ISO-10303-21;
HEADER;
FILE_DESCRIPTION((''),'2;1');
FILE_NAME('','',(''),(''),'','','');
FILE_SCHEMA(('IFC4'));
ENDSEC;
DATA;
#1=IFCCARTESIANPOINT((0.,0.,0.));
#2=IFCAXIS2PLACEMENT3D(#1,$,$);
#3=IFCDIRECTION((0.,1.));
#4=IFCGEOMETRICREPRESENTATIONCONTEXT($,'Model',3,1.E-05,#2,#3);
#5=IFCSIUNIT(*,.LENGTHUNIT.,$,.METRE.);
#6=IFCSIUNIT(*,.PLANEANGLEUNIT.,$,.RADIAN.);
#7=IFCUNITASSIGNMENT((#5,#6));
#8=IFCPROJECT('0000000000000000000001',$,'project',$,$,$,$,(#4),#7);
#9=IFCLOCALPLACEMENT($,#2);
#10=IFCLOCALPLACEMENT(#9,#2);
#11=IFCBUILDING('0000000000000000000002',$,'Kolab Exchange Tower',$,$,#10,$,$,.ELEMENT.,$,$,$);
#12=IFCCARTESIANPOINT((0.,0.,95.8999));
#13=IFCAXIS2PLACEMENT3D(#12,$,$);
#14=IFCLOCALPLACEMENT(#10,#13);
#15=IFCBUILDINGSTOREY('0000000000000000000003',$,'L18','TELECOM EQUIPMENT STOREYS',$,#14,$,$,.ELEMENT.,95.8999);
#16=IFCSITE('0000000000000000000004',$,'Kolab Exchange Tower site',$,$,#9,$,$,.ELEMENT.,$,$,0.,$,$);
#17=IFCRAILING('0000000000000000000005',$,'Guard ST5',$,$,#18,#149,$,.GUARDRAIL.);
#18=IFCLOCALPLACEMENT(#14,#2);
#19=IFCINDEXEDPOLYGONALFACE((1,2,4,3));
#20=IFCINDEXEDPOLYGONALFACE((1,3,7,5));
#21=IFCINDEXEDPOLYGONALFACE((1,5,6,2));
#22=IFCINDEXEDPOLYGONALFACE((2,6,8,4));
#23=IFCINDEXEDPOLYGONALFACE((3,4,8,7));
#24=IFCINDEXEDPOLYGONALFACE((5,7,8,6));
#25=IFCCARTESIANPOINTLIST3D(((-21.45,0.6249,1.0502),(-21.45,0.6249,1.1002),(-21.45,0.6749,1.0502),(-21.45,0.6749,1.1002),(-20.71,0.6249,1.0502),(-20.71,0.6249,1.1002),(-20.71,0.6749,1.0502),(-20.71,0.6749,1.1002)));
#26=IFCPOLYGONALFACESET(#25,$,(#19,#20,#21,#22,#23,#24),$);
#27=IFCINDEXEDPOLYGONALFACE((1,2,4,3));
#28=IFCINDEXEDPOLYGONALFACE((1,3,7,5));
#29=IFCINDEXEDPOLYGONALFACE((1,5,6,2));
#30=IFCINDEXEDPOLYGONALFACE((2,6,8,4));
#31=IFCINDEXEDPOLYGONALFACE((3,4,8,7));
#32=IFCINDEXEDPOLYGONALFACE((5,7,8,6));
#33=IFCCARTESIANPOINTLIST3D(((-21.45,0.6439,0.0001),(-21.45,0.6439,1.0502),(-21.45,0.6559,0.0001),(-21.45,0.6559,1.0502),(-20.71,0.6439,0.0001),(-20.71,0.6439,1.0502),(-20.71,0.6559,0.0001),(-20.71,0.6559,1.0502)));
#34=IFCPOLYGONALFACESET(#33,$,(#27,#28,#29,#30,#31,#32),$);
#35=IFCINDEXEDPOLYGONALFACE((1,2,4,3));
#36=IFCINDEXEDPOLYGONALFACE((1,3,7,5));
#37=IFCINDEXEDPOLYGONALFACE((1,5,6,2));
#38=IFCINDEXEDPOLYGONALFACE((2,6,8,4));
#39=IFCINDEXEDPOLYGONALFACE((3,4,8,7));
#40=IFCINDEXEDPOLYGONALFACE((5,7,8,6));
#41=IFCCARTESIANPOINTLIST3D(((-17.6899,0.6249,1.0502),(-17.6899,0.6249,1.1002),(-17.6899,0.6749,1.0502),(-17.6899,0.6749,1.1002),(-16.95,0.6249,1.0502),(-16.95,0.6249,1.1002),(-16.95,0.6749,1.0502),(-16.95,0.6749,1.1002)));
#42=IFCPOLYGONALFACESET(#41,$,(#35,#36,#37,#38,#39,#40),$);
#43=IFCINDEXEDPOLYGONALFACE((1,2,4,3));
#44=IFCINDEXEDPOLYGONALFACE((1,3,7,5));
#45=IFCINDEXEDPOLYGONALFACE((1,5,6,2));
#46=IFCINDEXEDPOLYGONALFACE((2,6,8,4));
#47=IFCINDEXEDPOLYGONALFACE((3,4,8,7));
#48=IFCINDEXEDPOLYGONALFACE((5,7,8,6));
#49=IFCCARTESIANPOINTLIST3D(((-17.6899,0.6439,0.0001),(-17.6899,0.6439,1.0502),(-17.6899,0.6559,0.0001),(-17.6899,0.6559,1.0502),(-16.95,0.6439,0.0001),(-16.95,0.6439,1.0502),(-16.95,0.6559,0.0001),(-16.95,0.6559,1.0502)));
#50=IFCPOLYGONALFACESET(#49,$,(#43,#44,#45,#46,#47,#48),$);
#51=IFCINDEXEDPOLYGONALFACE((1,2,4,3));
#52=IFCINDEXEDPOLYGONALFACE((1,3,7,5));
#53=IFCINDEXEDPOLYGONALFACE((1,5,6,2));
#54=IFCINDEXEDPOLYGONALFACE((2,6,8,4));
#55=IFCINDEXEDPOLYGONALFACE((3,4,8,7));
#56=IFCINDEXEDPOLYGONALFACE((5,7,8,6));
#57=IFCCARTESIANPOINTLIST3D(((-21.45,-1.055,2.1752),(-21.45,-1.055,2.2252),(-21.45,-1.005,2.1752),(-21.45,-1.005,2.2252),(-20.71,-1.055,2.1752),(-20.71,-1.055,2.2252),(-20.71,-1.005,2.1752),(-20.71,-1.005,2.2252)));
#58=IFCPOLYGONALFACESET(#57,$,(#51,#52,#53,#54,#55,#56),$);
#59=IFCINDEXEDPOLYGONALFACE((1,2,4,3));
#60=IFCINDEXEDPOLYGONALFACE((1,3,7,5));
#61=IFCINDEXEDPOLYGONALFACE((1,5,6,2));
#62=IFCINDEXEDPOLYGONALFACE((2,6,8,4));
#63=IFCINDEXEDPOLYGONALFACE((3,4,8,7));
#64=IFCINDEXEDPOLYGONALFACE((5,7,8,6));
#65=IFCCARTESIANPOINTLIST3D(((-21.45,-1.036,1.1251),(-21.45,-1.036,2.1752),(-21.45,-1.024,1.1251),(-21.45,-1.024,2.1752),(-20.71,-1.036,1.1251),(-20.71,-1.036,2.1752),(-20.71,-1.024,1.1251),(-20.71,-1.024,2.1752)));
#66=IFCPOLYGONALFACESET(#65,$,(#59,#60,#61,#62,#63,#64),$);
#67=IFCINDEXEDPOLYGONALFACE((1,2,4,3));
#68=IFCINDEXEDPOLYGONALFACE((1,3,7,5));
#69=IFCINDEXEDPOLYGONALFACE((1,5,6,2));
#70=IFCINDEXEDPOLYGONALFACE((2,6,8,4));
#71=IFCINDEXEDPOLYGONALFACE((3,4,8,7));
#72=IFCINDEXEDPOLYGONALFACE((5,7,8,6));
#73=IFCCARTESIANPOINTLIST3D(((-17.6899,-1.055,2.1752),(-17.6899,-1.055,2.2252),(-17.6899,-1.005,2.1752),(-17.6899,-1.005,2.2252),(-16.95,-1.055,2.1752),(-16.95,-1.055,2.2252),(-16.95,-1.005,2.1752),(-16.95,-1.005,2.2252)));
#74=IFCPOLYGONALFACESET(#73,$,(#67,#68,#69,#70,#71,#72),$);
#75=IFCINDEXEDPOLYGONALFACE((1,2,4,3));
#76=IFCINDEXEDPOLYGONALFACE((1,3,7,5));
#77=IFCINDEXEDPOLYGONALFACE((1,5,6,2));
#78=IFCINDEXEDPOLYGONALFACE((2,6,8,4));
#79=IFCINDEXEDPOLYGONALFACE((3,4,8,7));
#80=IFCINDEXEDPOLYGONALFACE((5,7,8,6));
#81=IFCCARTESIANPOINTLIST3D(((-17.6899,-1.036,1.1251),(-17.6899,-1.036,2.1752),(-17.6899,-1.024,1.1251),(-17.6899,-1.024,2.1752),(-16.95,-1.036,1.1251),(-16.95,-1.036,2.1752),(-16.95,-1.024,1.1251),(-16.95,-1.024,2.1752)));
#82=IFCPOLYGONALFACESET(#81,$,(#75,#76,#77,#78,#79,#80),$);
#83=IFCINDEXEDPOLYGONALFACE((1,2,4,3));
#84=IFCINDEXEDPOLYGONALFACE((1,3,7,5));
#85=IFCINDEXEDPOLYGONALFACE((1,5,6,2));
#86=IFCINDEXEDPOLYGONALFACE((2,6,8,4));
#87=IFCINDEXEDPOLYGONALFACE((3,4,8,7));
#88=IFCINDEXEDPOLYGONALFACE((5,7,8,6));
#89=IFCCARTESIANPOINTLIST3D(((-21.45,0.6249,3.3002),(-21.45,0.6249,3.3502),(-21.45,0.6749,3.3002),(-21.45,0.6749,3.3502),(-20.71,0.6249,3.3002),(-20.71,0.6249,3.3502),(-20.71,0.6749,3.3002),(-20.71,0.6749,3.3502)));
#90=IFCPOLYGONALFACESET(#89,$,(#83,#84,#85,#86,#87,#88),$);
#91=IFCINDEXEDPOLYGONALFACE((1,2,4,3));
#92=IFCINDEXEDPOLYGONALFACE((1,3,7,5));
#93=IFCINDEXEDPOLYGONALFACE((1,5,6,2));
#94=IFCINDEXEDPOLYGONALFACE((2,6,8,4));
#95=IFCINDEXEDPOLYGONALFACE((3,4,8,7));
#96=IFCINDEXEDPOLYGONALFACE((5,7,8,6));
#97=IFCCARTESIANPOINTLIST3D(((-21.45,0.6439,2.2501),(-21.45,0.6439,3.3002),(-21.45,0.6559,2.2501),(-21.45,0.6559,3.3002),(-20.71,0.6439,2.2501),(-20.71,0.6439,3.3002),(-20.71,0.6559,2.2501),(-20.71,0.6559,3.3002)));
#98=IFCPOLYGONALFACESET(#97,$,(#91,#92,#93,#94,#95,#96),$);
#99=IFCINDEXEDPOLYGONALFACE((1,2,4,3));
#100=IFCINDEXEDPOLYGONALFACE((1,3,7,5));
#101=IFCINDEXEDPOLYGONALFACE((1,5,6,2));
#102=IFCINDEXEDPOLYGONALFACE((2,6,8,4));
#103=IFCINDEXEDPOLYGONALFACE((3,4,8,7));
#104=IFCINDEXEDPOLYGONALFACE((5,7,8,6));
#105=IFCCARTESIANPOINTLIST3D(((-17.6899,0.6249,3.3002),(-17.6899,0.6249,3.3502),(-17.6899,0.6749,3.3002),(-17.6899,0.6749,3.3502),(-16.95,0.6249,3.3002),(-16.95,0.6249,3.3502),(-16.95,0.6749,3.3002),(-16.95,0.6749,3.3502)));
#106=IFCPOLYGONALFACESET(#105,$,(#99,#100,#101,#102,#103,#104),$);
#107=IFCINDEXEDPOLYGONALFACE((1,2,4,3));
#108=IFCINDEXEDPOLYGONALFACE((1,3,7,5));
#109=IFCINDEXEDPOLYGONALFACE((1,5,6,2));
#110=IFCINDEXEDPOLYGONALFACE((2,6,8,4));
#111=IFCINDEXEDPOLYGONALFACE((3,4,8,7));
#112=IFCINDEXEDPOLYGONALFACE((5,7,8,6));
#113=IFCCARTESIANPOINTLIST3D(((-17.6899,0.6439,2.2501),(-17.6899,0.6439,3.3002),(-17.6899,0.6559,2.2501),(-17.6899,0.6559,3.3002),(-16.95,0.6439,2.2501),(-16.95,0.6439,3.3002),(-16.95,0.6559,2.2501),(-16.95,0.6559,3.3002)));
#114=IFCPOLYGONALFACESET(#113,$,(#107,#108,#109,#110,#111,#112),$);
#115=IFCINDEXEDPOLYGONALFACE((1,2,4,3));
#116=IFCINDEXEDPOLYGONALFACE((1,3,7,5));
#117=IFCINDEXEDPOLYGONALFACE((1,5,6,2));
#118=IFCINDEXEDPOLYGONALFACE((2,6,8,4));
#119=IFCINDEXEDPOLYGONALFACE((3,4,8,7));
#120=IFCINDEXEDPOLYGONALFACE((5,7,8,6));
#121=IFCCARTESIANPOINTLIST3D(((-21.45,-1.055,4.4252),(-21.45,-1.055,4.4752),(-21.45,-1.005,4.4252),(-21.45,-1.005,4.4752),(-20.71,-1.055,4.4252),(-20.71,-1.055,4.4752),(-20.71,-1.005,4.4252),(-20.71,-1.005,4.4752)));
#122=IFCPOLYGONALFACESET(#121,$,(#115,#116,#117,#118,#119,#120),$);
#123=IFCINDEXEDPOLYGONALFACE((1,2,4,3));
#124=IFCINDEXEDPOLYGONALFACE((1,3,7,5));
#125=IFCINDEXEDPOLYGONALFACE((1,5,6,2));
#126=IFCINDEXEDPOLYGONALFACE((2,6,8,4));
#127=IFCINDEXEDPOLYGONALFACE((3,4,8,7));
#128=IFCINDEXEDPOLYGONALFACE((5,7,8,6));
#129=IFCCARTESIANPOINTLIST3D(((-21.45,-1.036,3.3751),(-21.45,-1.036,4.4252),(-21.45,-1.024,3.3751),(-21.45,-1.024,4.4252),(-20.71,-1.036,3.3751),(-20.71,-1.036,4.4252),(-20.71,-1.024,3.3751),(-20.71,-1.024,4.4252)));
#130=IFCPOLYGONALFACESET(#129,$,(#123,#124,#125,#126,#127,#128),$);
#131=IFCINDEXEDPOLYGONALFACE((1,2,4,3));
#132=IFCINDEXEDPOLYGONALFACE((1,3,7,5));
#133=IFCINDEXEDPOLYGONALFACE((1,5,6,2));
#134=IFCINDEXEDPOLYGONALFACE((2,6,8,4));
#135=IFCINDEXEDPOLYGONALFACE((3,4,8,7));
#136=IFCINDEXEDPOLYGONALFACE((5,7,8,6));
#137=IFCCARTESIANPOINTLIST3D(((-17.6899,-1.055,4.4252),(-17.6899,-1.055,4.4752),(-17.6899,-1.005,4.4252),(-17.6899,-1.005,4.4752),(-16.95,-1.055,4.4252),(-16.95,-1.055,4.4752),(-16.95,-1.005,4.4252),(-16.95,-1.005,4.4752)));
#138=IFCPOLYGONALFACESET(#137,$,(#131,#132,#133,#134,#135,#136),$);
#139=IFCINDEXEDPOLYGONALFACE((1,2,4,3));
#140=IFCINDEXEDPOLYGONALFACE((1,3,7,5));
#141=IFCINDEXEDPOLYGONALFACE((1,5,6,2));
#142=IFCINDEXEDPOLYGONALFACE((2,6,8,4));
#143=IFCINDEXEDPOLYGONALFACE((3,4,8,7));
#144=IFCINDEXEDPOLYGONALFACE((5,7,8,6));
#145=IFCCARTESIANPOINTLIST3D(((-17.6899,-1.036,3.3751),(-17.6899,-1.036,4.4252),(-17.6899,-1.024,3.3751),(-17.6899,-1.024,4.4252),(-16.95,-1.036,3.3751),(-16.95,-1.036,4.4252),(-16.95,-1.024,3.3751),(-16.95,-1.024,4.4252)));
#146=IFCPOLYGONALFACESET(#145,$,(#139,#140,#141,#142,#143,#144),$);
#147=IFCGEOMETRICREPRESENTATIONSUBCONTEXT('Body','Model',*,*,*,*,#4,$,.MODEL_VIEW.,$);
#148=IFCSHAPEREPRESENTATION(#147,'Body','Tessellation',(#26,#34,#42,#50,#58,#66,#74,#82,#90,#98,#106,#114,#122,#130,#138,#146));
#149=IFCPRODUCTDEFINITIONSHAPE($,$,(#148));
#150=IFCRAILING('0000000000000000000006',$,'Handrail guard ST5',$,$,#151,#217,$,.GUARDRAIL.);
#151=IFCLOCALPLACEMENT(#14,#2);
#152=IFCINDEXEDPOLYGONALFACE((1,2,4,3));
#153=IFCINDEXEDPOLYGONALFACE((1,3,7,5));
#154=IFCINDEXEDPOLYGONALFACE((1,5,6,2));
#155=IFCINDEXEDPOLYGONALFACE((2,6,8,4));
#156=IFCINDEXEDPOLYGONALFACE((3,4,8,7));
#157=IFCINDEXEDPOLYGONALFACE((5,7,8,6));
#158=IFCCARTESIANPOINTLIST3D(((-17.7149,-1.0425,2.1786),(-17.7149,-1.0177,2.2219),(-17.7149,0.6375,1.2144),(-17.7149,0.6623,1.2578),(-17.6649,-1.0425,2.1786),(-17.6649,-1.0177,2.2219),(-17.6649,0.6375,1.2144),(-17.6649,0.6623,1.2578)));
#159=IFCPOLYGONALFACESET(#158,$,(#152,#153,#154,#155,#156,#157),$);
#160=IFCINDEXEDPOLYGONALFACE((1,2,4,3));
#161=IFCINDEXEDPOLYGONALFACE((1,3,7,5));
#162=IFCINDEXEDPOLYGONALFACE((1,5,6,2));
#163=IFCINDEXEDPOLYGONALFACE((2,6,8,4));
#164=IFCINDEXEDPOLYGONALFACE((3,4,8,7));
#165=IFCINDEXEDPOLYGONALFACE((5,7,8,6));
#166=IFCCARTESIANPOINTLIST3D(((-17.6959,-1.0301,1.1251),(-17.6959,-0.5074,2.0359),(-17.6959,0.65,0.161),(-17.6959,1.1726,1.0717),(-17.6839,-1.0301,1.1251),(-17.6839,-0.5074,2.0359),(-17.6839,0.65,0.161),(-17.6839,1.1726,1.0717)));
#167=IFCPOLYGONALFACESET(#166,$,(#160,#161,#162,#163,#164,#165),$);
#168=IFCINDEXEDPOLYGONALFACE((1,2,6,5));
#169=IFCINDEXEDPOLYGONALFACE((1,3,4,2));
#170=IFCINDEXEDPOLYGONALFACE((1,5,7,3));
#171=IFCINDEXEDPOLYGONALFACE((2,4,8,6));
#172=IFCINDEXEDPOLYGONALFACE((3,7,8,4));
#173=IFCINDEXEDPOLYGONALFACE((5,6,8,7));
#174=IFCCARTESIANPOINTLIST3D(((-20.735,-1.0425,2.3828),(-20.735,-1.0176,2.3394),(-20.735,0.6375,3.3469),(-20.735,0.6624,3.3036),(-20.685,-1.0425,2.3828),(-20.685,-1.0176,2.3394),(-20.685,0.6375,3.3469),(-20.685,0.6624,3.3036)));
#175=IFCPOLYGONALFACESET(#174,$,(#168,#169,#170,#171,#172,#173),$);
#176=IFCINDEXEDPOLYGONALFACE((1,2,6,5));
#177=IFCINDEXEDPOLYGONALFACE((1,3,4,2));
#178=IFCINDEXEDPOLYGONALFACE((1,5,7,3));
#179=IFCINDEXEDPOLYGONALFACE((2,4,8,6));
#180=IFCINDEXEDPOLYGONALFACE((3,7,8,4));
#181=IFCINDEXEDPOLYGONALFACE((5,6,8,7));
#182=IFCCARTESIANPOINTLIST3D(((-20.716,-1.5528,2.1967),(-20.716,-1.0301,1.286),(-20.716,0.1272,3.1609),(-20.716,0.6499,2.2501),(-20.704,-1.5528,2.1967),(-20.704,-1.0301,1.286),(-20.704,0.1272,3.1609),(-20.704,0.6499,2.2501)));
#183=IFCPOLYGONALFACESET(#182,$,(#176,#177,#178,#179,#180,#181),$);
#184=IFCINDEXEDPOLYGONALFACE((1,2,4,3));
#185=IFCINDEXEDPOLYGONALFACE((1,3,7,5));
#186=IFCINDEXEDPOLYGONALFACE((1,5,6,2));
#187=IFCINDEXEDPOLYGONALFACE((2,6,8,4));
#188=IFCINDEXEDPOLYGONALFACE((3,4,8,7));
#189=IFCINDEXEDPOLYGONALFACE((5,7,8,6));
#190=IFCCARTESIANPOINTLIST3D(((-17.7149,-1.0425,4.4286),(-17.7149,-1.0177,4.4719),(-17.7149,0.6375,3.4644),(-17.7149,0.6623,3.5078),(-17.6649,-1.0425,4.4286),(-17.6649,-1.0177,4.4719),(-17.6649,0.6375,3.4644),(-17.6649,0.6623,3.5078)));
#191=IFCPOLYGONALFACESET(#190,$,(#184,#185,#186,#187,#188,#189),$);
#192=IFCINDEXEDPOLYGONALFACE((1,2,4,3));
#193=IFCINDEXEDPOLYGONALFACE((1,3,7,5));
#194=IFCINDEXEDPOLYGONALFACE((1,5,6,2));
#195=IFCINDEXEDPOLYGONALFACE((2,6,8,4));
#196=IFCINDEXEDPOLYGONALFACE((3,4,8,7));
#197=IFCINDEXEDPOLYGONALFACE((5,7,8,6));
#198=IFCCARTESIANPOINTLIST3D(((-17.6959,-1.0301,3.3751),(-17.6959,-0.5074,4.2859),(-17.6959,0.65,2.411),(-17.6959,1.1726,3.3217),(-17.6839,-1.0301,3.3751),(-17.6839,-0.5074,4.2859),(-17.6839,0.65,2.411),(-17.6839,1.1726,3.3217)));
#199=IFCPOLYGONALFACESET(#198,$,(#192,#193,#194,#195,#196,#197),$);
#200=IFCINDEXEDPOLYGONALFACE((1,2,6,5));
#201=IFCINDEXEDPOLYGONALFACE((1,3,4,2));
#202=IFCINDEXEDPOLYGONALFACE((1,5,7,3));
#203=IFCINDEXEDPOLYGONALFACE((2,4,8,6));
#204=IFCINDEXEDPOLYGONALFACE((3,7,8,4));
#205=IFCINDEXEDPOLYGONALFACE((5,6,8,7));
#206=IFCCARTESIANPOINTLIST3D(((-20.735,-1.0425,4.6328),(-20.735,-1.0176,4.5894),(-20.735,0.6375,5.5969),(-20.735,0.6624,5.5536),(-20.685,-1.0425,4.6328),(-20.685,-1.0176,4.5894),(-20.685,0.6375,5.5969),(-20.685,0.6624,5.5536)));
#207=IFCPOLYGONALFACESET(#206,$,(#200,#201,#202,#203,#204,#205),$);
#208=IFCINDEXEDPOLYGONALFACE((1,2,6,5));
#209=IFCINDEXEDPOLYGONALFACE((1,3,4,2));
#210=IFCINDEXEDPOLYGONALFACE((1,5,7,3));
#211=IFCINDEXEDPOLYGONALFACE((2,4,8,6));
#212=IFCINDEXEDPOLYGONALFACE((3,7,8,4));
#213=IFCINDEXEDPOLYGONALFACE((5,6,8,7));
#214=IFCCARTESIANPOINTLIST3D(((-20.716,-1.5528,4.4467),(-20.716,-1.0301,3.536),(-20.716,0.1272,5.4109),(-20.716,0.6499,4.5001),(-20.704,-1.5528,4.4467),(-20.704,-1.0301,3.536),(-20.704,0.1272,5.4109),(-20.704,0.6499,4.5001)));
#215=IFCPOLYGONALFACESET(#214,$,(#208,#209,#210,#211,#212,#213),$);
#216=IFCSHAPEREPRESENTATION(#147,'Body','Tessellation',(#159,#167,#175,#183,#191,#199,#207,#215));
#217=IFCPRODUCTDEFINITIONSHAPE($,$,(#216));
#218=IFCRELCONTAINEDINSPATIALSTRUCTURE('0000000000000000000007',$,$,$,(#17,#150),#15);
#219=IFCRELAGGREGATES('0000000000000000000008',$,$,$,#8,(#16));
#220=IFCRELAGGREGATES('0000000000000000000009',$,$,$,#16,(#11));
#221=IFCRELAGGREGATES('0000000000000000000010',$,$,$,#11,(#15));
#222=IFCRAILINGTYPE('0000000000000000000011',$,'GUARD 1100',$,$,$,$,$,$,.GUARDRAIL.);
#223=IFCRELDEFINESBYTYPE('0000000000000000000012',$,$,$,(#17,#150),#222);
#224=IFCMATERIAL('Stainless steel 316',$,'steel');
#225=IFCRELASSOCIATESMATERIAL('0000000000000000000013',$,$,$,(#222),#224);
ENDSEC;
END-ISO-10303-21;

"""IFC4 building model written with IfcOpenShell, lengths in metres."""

from ifc_helpers import new_model, si_unit, direction, frame, frame_2d, origin, origin_2d, place, context, subcontext, project, spatial, rectangle, extrude, material, type_object, element, save


model = new_model("IFC4")

# Units and contexts
model_context = context("Model", 3, precision=1e-05, world=origin(), true_north=direction((0.0, 1.0)))
body_context = subcontext(model_context, "Body", "Model", "MODEL_VIEW")
ifc_project = project(units=[si_unit("LENGTHUNIT", "METRE"), si_unit("PLANEANGLEUNIT", "RADIAN")], contexts=[model_context])

# Site, building, storey
site_placement = place(None, origin())
site = spatial("IfcSite", under=ifc_project, at=site_placement, Name="Kolab Exchange Tower site", CompositionType="ELEMENT", RefElevation=0.0)
building_placement = place(site_placement, origin())
building = spatial("IfcBuilding", under=site, at=building_placement, Name="Kolab Exchange Tower", CompositionType="ELEMENT")
storey_placement = place(building_placement, frame((0.0, 0.0, 95.8999)))
storey = spatial("IfcBuildingStorey", under=building, at=storey_placement, Name="L18", Description="TELECOM EQUIPMENT STOREYS", CompositionType="ELEMENT", Elevation=95.8999)

# Railings
ifc_material_1 = material(Name="Stainless steel 316", Category="steel")
railing_type = type_object("IfcRailingType", Name="GUARD 1100", PredefinedType="GUARDRAIL", material=ifc_material_1)
railing_1_placement = place(storey_placement, frame((-21.45, 0.6499, 0.0)))
element("IfcRailing", 1, at=railing_1_placement, inside=storey, type_object=railing_type, Name="Guard ST5", PredefinedType="GUARDRAIL", context=body_context, shape_type="SweptSolid", body=[
    extrude(rectangle(XDim=0.05, YDim=0.05, at=origin_2d()), frame((0.0, 0.0, 1.0752), z_axis=(1.0, 0.0, 0.0), x_axis=(0.0, 1.0, 0.0)), (0.0, 0.0, 1.0), 0.74),
    extrude(rectangle(XDim=0.012, YDim=1.0501, at=frame_2d((0.0, 0.5251))), frame((0.0, 0.0, 0.0), z_axis=(1.0, 0.0, 0.0), x_axis=(0.0, 1.0, 0.0)), (0.0, 0.0, 1.0), 0.74),
    extrude(rectangle(XDim=0.05, YDim=0.05, at=origin_2d()), frame((3.76, 0.0, 1.0752), z_axis=(1.0, 0.0, 0.0), x_axis=(0.0, 1.0, 0.0)), (0.0, 0.0, 1.0), 0.74),
    extrude(rectangle(XDim=0.012, YDim=1.0501, at=frame_2d((0.0, 0.5251))), frame((3.76, 0.0, 0.0), z_axis=(1.0, 0.0, 0.0), x_axis=(0.0, 1.0, 0.0)), (0.0, 0.0, 1.0), 0.74),
    extrude(rectangle(XDim=0.05, YDim=0.05, at=origin_2d()), frame((0.0, -1.6799, 2.2002), z_axis=(1.0, 0.0, 0.0), x_axis=(0.0, 1.0, 0.0)), (0.0, 0.0, 1.0), 0.74),
    extrude(rectangle(XDim=0.012, YDim=1.0501, at=frame_2d((0.0, 0.5251))), frame((0.0, -1.6799, 1.125), z_axis=(1.0, 0.0, 0.0), x_axis=(0.0, 1.0, 0.0)), (0.0, 0.0, 1.0), 0.74),
    extrude(rectangle(XDim=0.05, YDim=0.05, at=origin_2d()), frame((3.76, -1.6799, 2.2002), z_axis=(1.0, 0.0, 0.0), x_axis=(0.0, 1.0, 0.0)), (0.0, 0.0, 1.0), 0.74),
    extrude(rectangle(XDim=0.012, YDim=1.0501, at=frame_2d((0.0, 0.5251))), frame((3.76, -1.6799, 1.125), z_axis=(1.0, 0.0, 0.0), x_axis=(0.0, 1.0, 0.0)), (0.0, 0.0, 1.0), 0.74),
    extrude(rectangle(XDim=0.05, YDim=0.05, at=origin_2d()), frame((0.0, 0.0, 3.3252), z_axis=(1.0, 0.0, 0.0), x_axis=(0.0, 1.0, 0.0)), (0.0, 0.0, 1.0), 0.74),
    extrude(rectangle(XDim=0.012, YDim=1.0501, at=frame_2d((0.0, 0.5251))), frame((0.0, 0.0, 2.25), z_axis=(1.0, 0.0, 0.0), x_axis=(0.0, 1.0, 0.0)), (0.0, 0.0, 1.0), 0.74),
    extrude(rectangle(XDim=0.05, YDim=0.05, at=origin_2d()), frame((3.76, 0.0, 3.3252), z_axis=(1.0, 0.0, 0.0), x_axis=(0.0, 1.0, 0.0)), (0.0, 0.0, 1.0), 0.74),
    extrude(rectangle(XDim=0.012, YDim=1.0501, at=frame_2d((0.0, 0.5251))), frame((3.76, 0.0, 2.25), z_axis=(1.0, 0.0, 0.0), x_axis=(0.0, 1.0, 0.0)), (0.0, 0.0, 1.0), 0.74),
    extrude(rectangle(XDim=0.05, YDim=0.05, at=origin_2d()), frame((0.0, -1.6799, 4.4502), z_axis=(1.0, 0.0, 0.0), x_axis=(0.0, 1.0, 0.0)), (0.0, 0.0, 1.0), 0.74),
    extrude(rectangle(XDim=0.012, YDim=1.0501, at=frame_2d((0.0, 0.5251))), frame((0.0, -1.6799, 3.375), z_axis=(1.0, 0.0, 0.0), x_axis=(0.0, 1.0, 0.0)), (0.0, 0.0, 1.0), 0.74),
    extrude(rectangle(XDim=0.05, YDim=0.05, at=origin_2d()), frame((3.76, -1.6799, 4.4502), z_axis=(1.0, 0.0, 0.0), x_axis=(0.0, 1.0, 0.0)), (0.0, 0.0, 1.0), 0.74),
    extrude(rectangle(XDim=0.012, YDim=1.0501, at=frame_2d((0.0, 0.5251))), frame((3.76, -1.6799, 3.375), z_axis=(1.0, 0.0, 0.0), x_axis=(0.0, 1.0, 0.0)), (0.0, 0.0, 1.0), 0.74),
])
railing_2_placement = place(storey_placement, frame((-17.6899, 0.6499, 0.1609)))
element("IfcRailing", 2, at=railing_2_placement, inside=storey, type_object=railing_type, Name="Handrail guard ST5", PredefinedType="GUARDRAIL", context=body_context, shape_type="SweptSolid", body=[
    extrude(rectangle(XDim=0.05, YDim=0.05, at=origin_2d()), frame((0.0, 0.0, 1.0752), z_axis=(0.0, -0.867319, 0.497753), x_axis=(1.0, 0.0, 0.0)), (0.0, 0.0, 1.0), 1.937),
    extrude(rectangle(XDim=0.012, YDim=1.0501, at=frame_2d((0.0, 0.5251))), frame((0.0, 0.0, 0.0), z_axis=(0.0, -0.867319, 0.497753), x_axis=(1.0, 0.0, 0.0)), (0.0, 0.0, 1.0), 1.937),
    extrude(rectangle(XDim=0.05, YDim=0.05, at=origin_2d()), frame((-3.02, -1.6799, 2.2002), z_axis=(0.0, 0.867319, 0.497753), x_axis=(-1.0, 0.0, 0.0)), (0.0, 0.0, 1.0), 1.937),
    extrude(rectangle(XDim=0.012, YDim=1.0501, at=frame_2d((0.0, 0.5251))), frame((-3.02, -1.6799, 1.125), z_axis=(0.0, 0.867319, 0.497753), x_axis=(-1.0, 0.0, 0.0)), (0.0, 0.0, 1.0), 1.937),
    extrude(rectangle(XDim=0.05, YDim=0.05, at=origin_2d()), frame((0.0, 0.0, 3.3252), z_axis=(0.0, -0.867319, 0.497753), x_axis=(1.0, 0.0, 0.0)), (0.0, 0.0, 1.0), 1.937),
    extrude(rectangle(XDim=0.012, YDim=1.0501, at=frame_2d((0.0, 0.5251))), frame((0.0, 0.0, 2.25), z_axis=(0.0, -0.867319, 0.497753), x_axis=(1.0, 0.0, 0.0)), (0.0, 0.0, 1.0), 1.937),
    extrude(rectangle(XDim=0.05, YDim=0.05, at=origin_2d()), frame((-3.02, -1.6799, 4.4502), z_axis=(0.0, 0.867319, 0.497753), x_axis=(-1.0, 0.0, 0.0)), (0.0, 0.0, 1.0), 1.937),
    extrude(rectangle(XDim=0.012, YDim=1.0501, at=frame_2d((0.0, 0.5251))), frame((-3.02, -1.6799, 3.375), z_axis=(0.0, 0.867319, 0.497753), x_axis=(-1.0, 0.0, 0.0)), (0.0, 0.0, 1.0), 1.937),
])

save(model, "model.ifc")
